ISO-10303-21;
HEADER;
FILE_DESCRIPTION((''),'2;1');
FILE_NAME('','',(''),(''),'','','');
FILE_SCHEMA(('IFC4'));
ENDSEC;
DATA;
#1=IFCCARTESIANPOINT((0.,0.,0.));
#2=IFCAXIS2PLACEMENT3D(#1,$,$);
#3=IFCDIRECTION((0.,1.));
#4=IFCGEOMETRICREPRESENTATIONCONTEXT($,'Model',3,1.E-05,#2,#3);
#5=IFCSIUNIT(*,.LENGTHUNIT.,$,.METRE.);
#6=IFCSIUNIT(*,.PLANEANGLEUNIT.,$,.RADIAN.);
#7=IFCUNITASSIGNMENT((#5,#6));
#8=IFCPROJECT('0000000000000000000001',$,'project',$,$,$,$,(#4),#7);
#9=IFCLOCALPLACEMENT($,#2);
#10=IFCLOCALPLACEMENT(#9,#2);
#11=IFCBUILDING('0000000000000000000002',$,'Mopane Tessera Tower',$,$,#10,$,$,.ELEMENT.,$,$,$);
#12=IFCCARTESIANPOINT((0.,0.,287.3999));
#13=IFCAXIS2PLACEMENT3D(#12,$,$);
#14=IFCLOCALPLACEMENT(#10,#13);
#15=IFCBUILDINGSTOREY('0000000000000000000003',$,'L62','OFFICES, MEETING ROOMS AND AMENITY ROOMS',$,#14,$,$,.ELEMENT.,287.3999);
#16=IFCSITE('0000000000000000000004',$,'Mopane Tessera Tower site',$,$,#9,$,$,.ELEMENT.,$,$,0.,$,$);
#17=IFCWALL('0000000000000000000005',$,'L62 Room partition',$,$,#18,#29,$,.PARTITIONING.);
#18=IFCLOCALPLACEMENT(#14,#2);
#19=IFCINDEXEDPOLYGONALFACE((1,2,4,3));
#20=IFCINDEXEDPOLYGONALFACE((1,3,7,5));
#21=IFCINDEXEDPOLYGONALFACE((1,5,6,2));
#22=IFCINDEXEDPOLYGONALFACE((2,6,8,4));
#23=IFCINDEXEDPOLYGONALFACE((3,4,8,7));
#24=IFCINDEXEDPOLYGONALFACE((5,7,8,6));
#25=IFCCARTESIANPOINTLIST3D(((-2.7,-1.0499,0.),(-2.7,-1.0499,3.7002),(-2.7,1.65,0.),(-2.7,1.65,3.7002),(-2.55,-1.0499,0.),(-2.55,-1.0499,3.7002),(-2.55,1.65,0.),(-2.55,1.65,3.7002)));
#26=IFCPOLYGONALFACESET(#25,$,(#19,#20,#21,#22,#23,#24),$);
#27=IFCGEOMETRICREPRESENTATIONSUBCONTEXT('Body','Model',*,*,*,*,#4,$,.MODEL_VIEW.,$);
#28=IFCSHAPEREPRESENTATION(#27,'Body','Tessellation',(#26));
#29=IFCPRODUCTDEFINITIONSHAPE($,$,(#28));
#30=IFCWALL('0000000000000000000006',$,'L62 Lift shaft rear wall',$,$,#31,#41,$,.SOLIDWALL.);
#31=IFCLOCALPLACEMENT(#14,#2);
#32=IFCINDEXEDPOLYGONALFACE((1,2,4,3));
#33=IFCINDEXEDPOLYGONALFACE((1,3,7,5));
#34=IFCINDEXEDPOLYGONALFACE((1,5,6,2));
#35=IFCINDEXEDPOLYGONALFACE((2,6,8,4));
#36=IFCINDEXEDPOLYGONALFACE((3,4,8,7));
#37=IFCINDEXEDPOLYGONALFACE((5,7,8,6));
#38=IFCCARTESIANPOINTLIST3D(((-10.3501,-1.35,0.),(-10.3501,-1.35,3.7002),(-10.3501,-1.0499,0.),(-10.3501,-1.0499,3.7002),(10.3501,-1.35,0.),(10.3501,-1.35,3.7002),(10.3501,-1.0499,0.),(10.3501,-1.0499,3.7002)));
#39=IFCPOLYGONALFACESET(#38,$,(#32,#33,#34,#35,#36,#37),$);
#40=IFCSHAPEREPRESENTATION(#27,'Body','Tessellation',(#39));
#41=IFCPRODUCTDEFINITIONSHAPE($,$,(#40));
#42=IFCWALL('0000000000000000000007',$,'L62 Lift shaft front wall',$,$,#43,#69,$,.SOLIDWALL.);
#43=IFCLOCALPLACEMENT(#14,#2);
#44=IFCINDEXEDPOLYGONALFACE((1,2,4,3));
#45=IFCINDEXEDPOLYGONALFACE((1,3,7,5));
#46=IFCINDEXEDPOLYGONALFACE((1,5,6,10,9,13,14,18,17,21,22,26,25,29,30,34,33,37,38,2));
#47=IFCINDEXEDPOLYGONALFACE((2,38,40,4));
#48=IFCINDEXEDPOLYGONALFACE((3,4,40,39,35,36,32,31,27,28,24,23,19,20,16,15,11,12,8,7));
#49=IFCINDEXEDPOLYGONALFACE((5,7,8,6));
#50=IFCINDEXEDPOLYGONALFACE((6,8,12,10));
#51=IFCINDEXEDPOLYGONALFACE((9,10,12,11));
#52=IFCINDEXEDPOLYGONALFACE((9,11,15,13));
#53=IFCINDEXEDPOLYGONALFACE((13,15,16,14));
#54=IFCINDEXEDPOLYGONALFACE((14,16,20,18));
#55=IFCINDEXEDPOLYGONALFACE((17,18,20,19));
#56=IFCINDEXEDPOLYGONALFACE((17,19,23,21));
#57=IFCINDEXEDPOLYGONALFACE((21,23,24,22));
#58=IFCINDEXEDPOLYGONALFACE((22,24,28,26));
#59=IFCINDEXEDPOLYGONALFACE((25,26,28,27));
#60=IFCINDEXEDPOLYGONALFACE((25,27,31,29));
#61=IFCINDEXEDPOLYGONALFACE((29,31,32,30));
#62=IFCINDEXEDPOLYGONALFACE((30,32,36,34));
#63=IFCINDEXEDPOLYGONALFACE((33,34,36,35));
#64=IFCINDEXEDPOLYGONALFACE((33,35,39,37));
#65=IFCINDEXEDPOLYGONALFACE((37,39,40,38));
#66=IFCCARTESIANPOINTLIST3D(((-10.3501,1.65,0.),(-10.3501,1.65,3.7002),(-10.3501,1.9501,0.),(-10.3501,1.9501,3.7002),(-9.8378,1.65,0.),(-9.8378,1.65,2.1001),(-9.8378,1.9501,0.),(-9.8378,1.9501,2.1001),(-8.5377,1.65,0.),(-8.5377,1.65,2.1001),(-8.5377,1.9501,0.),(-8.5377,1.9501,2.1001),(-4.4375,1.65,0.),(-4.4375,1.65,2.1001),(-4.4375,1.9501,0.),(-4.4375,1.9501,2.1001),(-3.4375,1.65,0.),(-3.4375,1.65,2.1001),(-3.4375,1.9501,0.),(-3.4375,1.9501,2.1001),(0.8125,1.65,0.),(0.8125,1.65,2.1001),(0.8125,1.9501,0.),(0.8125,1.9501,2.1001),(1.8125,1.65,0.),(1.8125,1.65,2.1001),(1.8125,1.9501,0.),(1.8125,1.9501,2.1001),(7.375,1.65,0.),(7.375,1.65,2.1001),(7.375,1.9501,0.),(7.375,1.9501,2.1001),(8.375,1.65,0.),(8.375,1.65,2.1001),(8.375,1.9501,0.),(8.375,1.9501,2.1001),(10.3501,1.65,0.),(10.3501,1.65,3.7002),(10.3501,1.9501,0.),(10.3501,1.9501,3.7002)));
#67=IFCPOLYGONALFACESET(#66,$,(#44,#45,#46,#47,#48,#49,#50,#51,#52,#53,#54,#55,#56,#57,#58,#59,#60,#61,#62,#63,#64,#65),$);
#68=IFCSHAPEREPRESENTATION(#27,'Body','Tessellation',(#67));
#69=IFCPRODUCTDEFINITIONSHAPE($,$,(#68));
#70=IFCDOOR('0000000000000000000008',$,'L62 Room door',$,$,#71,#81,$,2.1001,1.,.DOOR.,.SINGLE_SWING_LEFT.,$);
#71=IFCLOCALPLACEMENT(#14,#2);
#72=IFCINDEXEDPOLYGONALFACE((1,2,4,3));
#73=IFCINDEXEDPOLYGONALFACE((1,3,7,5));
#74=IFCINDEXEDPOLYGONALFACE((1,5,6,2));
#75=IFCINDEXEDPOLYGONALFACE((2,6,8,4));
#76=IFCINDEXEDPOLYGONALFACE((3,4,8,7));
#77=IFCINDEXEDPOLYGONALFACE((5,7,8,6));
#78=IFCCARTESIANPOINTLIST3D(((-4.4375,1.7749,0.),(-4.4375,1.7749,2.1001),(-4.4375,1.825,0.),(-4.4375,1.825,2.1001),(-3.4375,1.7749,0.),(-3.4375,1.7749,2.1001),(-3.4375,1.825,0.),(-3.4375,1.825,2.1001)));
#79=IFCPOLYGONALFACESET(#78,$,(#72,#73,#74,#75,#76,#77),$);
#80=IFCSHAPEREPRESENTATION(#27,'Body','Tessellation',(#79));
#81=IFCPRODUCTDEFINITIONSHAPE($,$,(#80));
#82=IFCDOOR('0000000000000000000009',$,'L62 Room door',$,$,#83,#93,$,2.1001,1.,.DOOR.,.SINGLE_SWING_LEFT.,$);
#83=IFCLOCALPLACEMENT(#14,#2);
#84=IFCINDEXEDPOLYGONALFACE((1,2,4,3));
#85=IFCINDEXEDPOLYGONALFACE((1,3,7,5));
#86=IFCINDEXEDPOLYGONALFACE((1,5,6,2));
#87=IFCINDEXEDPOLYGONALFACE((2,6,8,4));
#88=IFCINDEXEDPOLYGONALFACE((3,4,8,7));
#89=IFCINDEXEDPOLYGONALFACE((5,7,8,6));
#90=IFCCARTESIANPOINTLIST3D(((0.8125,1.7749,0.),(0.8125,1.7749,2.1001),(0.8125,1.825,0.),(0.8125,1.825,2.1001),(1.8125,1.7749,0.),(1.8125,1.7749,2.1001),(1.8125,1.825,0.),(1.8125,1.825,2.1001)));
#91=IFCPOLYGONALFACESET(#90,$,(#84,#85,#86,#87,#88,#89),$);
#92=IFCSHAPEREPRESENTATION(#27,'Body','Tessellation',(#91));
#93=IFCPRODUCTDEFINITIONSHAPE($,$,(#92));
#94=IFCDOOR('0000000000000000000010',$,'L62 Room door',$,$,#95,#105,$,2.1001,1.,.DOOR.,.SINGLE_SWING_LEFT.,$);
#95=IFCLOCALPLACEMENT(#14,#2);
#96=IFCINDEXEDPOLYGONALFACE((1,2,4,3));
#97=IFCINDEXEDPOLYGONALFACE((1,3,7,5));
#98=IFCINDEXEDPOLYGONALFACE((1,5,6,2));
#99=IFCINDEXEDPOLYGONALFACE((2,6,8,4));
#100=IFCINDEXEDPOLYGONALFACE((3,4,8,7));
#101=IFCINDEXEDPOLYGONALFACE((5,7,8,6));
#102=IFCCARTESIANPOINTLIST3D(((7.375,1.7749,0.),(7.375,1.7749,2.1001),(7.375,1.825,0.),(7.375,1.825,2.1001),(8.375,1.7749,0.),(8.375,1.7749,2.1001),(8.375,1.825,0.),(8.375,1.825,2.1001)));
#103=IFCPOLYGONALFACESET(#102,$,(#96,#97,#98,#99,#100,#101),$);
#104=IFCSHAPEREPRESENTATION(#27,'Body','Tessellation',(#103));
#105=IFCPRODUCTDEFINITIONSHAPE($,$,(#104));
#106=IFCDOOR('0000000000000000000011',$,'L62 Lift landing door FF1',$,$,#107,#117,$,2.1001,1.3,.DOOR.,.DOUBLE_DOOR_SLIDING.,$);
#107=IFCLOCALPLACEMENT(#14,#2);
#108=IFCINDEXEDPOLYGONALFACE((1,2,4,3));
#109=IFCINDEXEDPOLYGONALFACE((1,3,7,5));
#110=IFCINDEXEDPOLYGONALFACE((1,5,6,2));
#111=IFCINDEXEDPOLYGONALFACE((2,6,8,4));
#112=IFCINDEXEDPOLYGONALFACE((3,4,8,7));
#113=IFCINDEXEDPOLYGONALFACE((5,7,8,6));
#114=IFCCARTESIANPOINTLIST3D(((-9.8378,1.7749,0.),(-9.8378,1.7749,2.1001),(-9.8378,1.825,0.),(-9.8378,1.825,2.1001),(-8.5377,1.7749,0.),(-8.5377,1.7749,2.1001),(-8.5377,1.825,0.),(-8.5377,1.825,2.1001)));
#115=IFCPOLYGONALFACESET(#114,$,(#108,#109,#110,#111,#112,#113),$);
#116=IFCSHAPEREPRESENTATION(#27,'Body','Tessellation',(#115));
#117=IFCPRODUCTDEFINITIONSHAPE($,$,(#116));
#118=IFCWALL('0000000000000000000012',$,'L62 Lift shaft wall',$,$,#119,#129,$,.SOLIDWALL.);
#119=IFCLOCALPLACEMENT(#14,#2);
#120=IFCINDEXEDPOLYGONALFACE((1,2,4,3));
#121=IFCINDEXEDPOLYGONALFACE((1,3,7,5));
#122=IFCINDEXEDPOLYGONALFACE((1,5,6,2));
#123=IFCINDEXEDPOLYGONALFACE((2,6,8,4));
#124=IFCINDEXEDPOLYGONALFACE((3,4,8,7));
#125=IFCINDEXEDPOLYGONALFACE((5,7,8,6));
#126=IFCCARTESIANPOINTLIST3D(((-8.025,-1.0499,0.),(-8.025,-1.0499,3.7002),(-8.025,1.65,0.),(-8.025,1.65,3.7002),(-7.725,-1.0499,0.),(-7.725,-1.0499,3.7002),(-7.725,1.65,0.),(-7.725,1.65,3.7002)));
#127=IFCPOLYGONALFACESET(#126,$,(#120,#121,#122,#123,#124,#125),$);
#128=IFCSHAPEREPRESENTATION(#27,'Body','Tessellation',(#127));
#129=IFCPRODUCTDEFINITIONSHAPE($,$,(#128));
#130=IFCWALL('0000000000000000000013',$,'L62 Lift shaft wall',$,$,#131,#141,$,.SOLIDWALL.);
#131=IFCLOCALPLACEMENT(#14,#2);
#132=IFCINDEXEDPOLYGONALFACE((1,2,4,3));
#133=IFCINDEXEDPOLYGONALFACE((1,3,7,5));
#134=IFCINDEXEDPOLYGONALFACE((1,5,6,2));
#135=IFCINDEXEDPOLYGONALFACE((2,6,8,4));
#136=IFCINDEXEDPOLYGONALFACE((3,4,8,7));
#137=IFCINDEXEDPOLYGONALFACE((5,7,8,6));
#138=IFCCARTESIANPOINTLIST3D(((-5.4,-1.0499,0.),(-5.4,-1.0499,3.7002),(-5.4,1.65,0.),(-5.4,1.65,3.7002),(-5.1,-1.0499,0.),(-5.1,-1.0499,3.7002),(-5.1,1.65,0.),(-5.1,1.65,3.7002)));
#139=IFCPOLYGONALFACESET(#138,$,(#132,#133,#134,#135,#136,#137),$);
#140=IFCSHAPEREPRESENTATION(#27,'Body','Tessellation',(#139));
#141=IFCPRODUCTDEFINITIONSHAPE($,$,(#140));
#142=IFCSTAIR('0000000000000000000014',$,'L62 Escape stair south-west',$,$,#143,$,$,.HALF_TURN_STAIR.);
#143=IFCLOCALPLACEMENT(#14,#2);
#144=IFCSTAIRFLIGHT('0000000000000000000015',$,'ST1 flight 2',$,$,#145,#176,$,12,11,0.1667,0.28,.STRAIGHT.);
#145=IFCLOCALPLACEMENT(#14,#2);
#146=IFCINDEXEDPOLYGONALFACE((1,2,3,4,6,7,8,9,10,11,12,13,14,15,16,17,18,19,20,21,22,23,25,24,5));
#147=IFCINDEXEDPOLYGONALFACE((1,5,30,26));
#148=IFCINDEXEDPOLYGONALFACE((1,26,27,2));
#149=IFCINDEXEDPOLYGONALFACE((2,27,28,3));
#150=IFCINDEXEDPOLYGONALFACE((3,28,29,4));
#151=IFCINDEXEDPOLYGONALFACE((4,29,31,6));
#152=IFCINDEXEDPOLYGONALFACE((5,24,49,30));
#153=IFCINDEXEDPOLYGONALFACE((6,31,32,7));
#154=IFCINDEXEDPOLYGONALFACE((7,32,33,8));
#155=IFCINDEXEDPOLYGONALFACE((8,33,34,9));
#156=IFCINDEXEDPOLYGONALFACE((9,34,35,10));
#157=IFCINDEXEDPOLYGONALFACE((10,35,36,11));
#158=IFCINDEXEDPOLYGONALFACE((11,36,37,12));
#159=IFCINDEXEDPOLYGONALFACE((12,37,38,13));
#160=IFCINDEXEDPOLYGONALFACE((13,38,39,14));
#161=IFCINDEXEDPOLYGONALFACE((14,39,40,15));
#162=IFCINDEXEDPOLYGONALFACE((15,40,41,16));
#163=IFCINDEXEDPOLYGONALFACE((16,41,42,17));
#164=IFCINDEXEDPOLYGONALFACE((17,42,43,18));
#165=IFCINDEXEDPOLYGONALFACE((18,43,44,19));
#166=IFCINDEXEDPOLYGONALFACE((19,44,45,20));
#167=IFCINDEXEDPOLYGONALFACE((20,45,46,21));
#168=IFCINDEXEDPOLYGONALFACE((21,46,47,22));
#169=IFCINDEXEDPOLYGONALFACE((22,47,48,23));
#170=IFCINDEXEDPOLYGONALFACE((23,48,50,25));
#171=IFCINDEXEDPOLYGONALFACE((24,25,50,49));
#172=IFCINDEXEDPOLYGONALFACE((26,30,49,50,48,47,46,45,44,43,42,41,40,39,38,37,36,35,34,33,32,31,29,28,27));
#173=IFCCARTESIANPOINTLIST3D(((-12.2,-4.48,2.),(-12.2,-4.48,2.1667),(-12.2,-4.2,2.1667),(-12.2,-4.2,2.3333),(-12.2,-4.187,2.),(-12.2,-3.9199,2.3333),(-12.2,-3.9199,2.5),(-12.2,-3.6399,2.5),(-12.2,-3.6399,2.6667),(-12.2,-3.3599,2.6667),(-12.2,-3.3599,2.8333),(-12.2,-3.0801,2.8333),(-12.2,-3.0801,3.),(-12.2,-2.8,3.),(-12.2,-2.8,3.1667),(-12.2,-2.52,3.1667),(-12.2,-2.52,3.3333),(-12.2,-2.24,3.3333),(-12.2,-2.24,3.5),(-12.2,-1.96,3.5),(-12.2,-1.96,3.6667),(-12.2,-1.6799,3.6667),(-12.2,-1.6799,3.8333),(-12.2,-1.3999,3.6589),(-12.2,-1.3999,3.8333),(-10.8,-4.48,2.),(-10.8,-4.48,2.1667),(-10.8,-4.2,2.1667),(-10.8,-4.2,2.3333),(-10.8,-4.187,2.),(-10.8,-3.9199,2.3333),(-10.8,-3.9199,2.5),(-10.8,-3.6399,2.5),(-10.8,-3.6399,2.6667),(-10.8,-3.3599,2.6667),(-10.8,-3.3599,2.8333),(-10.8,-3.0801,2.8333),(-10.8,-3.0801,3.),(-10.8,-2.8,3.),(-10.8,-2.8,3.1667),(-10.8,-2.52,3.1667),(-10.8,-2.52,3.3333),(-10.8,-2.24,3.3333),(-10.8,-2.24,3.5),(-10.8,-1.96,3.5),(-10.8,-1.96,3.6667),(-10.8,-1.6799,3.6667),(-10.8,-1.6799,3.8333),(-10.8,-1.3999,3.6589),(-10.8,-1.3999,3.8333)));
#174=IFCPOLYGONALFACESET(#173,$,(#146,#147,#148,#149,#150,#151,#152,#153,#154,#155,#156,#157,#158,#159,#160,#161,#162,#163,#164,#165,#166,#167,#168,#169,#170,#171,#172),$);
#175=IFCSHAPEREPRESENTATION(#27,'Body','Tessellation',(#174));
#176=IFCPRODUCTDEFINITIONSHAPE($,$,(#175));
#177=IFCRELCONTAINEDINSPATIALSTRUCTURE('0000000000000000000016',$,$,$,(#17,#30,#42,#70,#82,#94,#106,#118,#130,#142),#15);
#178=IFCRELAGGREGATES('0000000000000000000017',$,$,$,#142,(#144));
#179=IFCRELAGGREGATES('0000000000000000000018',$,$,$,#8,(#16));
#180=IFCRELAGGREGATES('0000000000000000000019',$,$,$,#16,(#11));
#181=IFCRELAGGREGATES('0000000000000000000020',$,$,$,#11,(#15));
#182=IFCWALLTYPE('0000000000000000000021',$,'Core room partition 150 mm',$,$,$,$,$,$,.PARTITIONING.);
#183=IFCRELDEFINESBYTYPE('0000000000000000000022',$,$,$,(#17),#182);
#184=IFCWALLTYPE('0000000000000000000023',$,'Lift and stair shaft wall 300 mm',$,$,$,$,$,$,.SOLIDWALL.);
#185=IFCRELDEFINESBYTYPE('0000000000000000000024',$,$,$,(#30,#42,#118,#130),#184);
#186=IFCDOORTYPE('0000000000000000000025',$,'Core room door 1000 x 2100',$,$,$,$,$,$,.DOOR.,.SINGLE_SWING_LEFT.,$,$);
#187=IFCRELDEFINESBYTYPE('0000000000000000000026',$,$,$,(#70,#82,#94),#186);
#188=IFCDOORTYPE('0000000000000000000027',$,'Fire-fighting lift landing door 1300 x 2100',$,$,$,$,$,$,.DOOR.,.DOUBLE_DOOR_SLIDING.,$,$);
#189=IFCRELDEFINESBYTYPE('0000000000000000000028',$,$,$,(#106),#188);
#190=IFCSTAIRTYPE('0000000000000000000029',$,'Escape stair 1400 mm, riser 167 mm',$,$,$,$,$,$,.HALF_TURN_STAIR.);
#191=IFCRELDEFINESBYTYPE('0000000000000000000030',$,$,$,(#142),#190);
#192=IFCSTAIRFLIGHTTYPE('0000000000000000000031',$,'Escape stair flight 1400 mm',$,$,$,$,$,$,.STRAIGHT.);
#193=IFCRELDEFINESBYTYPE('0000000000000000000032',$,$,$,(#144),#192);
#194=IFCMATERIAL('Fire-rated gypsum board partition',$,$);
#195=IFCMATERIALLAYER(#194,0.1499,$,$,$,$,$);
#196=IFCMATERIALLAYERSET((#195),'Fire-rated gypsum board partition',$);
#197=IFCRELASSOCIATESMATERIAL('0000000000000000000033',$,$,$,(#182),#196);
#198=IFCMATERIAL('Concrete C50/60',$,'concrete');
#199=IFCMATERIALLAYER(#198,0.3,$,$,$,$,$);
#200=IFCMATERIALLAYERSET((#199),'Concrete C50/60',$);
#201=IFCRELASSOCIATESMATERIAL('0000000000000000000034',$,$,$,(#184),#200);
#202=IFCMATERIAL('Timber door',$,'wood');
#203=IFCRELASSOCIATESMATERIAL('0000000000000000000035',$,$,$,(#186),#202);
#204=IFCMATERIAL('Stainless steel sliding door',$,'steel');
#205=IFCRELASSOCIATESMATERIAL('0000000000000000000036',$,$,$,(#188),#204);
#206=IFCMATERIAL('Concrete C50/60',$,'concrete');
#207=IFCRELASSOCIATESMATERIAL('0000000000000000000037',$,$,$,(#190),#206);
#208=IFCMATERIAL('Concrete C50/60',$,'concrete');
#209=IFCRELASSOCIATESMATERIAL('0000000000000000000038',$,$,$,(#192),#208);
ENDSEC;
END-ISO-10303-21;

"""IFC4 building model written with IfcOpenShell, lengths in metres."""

from ifc_helpers import new_model, si_unit, direction, frame, frame_2d, origin, place, context, subcontext, project, spatial, polyline, rectangle, outline, extrude, material, layer, layer_set, type_object, element, fill, aggregate, save


model = new_model("IFC4")

# Units and contexts
model_context = context("Model", 3, precision=1e-05, world=origin(), true_north=direction((0.0, 1.0)))
body_context = subcontext(model_context, "Body", "Model", "MODEL_VIEW")
ifc_project = project(units=[si_unit("LENGTHUNIT", "METRE"), si_unit("PLANEANGLEUNIT", "RADIAN")], contexts=[model_context])

# Site, building, storey
site_placement = place(None, origin())
site = spatial("IfcSite", under=ifc_project, at=site_placement, Name="Mopane Tessera Tower site", CompositionType="ELEMENT", RefElevation=0.0)
building_placement = place(site_placement, origin())
building = spatial("IfcBuilding", under=site, at=building_placement, Name="Mopane Tessera Tower", CompositionType="ELEMENT")
storey_placement = place(building_placement, frame((0.0, 0.0, 287.3999)))
storey = spatial("IfcBuildingStorey", under=building, at=storey_placement, Name="L62", Description="OFFICES, MEETING ROOMS AND AMENITY ROOMS", CompositionType="ELEMENT", Elevation=287.3999)

# Shared definitions
ifc_material_1 = material(Name="Fire-rated gypsum board partition")
ifc_layer_1 = layer(ifc_material_1, 0.1499)
ifc_layer_set_1 = layer_set([ifc_layer_1], Name="Fire-rated gypsum board partition")
wall_type_1 = type_object("IfcWallType", Name="Core room partition 150 mm", PredefinedType="PARTITIONING", material=ifc_layer_set_1)

# Walls
wall_1_placement = place(storey_placement, frame((-2.625, -1.05, 0.0), z_axis=(0.0, 0.0, 1.0), x_axis=(0.0, 1.0, 0.0)))
element("IfcWall", 1, at=wall_1_placement, inside=storey, type_object=wall_type_1, Name="L62 Room partition", PredefinedType="PARTITIONING", context=body_context, shape_type="SweptSolid", body=[
    extrude(rectangle(XDim=2.7, YDim=0.1499, at=frame_2d((1.3501, 0.0))), origin(), (0.0, 0.0, 1.0), 3.7002),
])
ifc_material_2 = material(Name="Concrete C50/60", Category="concrete")
ifc_layer_2 = layer(ifc_material_2, 0.3)
ifc_layer_set_2 = layer_set([ifc_layer_2], Name="Concrete C50/60")
wall_type_2 = type_object("IfcWallType", Name="Lift and stair shaft wall 300 mm", PredefinedType="SOLIDWALL", material=ifc_layer_set_2)
wall_2_placement = place(storey_placement, frame((-10.3501, -1.2, 0.0), z_axis=(0.0, 0.0, 1.0), x_axis=(1.0, 0.0, 0.0)))
element("IfcWall", 2, at=wall_2_placement, inside=storey, type_object=wall_type_2, Name="L62 Lift shaft rear wall", PredefinedType="SOLIDWALL", context=body_context, shape_type="SweptSolid", body=[
    extrude(rectangle(XDim=20.7002, YDim=0.3, at=frame_2d((10.3501, 0.0))), origin(), (0.0, 0.0, 1.0), 3.7002),
])

# Wall, openings, doors
wall_3_placement = place(storey_placement, frame((-10.3501, 1.8, 0.0), z_axis=(0.0, 0.0, 1.0), x_axis=(1.0, 0.0, 0.0)))
wall_3 = element("IfcWall", 3, at=wall_3_placement, inside=storey, type_object=wall_type_2, Name="L62 Lift shaft front wall", PredefinedType="SOLIDWALL", context=body_context, shape_type="SweptSolid", body=[
    extrude(rectangle(XDim=20.7002, YDim=0.3, at=frame_2d((10.3501, 0.0))), origin(), (0.0, 0.0, 1.0), 3.7002),
])
opening_1_placement = place(wall_3_placement, frame((0.5125, 0.0, 0.0)))
opening_1 = element("IfcOpeningElement", 4, at=opening_1_placement, cuts=wall_3, PredefinedType="OPENING", context=body_context, shape_type="SweptSolid", body=[
    extrude(rectangle(XDim=1.3, YDim=2.1001, at=frame_2d((0.6499, 1.05))), frame((0.0, 0.1621, 0.0), z_axis=(0.0, -1.0, 0.0), x_axis=(1.0, 0.0, 0.0)), (0.0, 0.0, 1.0), 0.324),
])
opening_2_placement = place(wall_3_placement, frame((5.9126, 0.0, 0.0)))
opening_2 = element("IfcOpeningElement", 5, at=opening_2_placement, cuts=wall_3, PredefinedType="OPENING", context=body_context, shape_type="SweptSolid", body=[
    extrude(rectangle(XDim=1.0, YDim=2.1001, at=frame_2d((0.5, 1.05))), frame((0.0, 0.1621, 0.0), z_axis=(0.0, -1.0, 0.0), x_axis=(1.0, 0.0, 0.0)), (0.0, 0.0, 1.0), 0.324),
])
opening_3_placement = place(wall_3_placement, frame((11.1626, 0.0, 0.0)))
opening_3 = element("IfcOpeningElement", 6, at=opening_3_placement, cuts=wall_3, PredefinedType="OPENING", context=body_context, shape_type="SweptSolid", body=[
    extrude(rectangle(XDim=1.0, YDim=2.1001, at=frame_2d((0.5, 1.05))), frame((0.0, 0.1621, 0.0), z_axis=(0.0, -1.0, 0.0), x_axis=(1.0, 0.0, 0.0)), (0.0, 0.0, 1.0), 0.324),
])
opening_4_placement = place(wall_3_placement, frame((17.7251, 0.0, 0.0)))
opening_4 = element("IfcOpeningElement", 7, at=opening_4_placement, cuts=wall_3, PredefinedType="OPENING", context=body_context, shape_type="SweptSolid", body=[
    extrude(rectangle(XDim=1.0, YDim=2.1001, at=frame_2d((0.5, 1.05))), frame((0.0, 0.1621, 0.0), z_axis=(0.0, -1.0, 0.0), x_axis=(1.0, 0.0, 0.0)), (0.0, 0.0, 1.0), 0.324),
])
ifc_material_3 = material(Name="Timber door", Category="wood")
door_type_1 = type_object("IfcDoorType", Name="Core room door 1000 x 2100", OperationType="SINGLE_SWING_LEFT", PredefinedType="DOOR", material=ifc_material_3)
door_1_placement = place(opening_2_placement, origin())
door_1 = element("IfcDoor", 8, at=door_1_placement, inside=storey, type_object=door_type_1, Name="L62 Room door", OperationType="SINGLE_SWING_LEFT", OverallHeight=2.1001, OverallWidth=1.0, PredefinedType="DOOR", context=body_context, shape_type="SweptSolid", body=[
    extrude(rectangle(XDim=1.0, YDim=2.1001, at=frame_2d((0.5, 1.05))), frame((0.0, 0.0249, 0.0), z_axis=(0.0, -1.0, 0.0), x_axis=(1.0, 0.0, 0.0)), (0.0, 0.0, 1.0), 0.05),
])
fill(opening_2, door_1)
door_2_placement = place(opening_3_placement, origin())
door_2 = element("IfcDoor", 9, at=door_2_placement, inside=storey, type_object=door_type_1, Name="L62 Room door", OperationType="SINGLE_SWING_LEFT", OverallHeight=2.1001, OverallWidth=1.0, PredefinedType="DOOR", context=body_context, shape_type="SweptSolid", body=[
    extrude(rectangle(XDim=1.0, YDim=2.1001, at=frame_2d((0.5, 1.05))), frame((0.0, 0.0249, 0.0), z_axis=(0.0, -1.0, 0.0), x_axis=(1.0, 0.0, 0.0)), (0.0, 0.0, 1.0), 0.05),
])
fill(opening_3, door_2)
door_3_placement = place(opening_4_placement, origin())
door_3 = element("IfcDoor", 10, at=door_3_placement, inside=storey, type_object=door_type_1, Name="L62 Room door", OperationType="SINGLE_SWING_LEFT", OverallHeight=2.1001, OverallWidth=1.0, PredefinedType="DOOR", context=body_context, shape_type="SweptSolid", body=[
    extrude(rectangle(XDim=1.0, YDim=2.1001, at=frame_2d((0.5, 1.05))), frame((0.0, 0.0249, 0.0), z_axis=(0.0, -1.0, 0.0), x_axis=(1.0, 0.0, 0.0)), (0.0, 0.0, 1.0), 0.05),
])
fill(opening_4, door_3)
ifc_material_4 = material(Name="Stainless steel sliding door", Category="steel")
door_type_2 = type_object("IfcDoorType", Name="Fire-fighting lift landing door 1300 x 2100", OperationType="DOUBLE_DOOR_SLIDING", PredefinedType="DOOR", material=ifc_material_4)
door_4_placement = place(opening_1_placement, origin())
door_4 = element("IfcDoor", 11, at=door_4_placement, inside=storey, type_object=door_type_2, Name="L62 Lift landing door FF1", OperationType="DOUBLE_DOOR_SLIDING", OverallHeight=2.1001, OverallWidth=1.3, PredefinedType="DOOR", context=body_context, shape_type="SweptSolid", body=[
    extrude(rectangle(XDim=1.3, YDim=2.1001, at=frame_2d((0.6499, 1.05))), frame((0.0, 0.0249, 0.0), z_axis=(0.0, -1.0, 0.0), x_axis=(1.0, 0.0, 0.0)), (0.0, 0.0, 1.0), 0.05),
])
fill(opening_1, door_4)

# Walls
for number, where, z_axis, x_axis, name in (
    (12, (-7.875, -1.05, 0.0), (0.0, 0.0, 1.0), (0.0, 1.0, 0.0), "L62 Lift shaft wall"),
    (13, (-5.25, -1.05, 0.0), (0.0, 0.0, 1.0), (0.0, 1.0, 0.0), "L62 Lift shaft wall"),
):
    element("IfcWall", number, at=place(storey_placement, frame(where, z_axis=z_axis, x_axis=x_axis)), inside=storey, type_object=wall_type_2, Name=name, PredefinedType="SOLIDWALL", context=body_context, shape_type="SweptSolid", body=[
        extrude(rectangle(XDim=2.7, YDim=0.3, at=frame_2d((1.3501, 0.0))), origin(), (0.0, 0.0, 1.0), 3.7002),
    ])

# Stair, stair flight
ifc_material_5 = material(Name="Concrete C50/60", Category="concrete")
stair_type = type_object("IfcStairType", Name="Escape stair 1400 mm, riser 167 mm", PredefinedType="HALF_TURN_STAIR", material=ifc_material_5)
stair_placement = place(storey_placement, origin())
stair = element("IfcStair", 14, at=stair_placement, inside=storey, type_object=stair_type, Name="L62 Escape stair south-west", PredefinedType="HALF_TURN_STAIR")
ifc_material_6 = material(Name="Concrete C50/60", Category="concrete")
stair_flight_type = type_object("IfcStairFlightType", Name="Escape stair flight 1400 mm", PredefinedType="STRAIGHT", material=ifc_material_6)
stair_flight_placement = place(storey_placement, frame((-11.5, -4.48, 2.0), z_axis=(0.0, 0.0, 1.0), x_axis=(0.0, 1.0, 0.0)))
stair_flight = element("IfcStairFlight", 15, at=stair_flight_placement, type_object=stair_flight_type, Name="ST1 flight 2", NumberOfRisers=12, NumberOfTreads=11, PredefinedType="STRAIGHT", RiserHeight=0.1667, TreadLength=0.28, context=body_context, shape_type="SweptSolid", body=[
    extrude(outline(polyline([(0.0, 0.0), (0.0, 0.1667), (0.28, 0.1667), (0.28, 0.3333), (0.5601, 0.3333), (0.5601, 0.5), (0.8401, 0.5), (0.8401, 0.6667), (1.1201, 0.6667), (1.1201, 0.8333), (1.3999, 0.8333), (1.3999, 1.0), (1.6799, 1.0), (1.6799, 1.1667), (1.96, 1.1667), (1.96, 1.3333), (2.24, 1.3333), (2.24, 1.5), (2.52, 1.5), (2.52, 1.6667), (2.8, 1.6667), (2.8, 1.8333), (3.0801, 1.8333), (3.0801, 2.0), (3.0801, 1.6589), (0.293, 0.0), (0.0, 0.0)])), frame((0.0, 0.7, 0.0), z_axis=(0.0, -1.0, 0.0), x_axis=(1.0, 0.0, 0.0)), (0.0, 0.0, 1.0), 1.3999),
])
aggregate(stair, [stair_flight])

save(model, "model.ifc")
